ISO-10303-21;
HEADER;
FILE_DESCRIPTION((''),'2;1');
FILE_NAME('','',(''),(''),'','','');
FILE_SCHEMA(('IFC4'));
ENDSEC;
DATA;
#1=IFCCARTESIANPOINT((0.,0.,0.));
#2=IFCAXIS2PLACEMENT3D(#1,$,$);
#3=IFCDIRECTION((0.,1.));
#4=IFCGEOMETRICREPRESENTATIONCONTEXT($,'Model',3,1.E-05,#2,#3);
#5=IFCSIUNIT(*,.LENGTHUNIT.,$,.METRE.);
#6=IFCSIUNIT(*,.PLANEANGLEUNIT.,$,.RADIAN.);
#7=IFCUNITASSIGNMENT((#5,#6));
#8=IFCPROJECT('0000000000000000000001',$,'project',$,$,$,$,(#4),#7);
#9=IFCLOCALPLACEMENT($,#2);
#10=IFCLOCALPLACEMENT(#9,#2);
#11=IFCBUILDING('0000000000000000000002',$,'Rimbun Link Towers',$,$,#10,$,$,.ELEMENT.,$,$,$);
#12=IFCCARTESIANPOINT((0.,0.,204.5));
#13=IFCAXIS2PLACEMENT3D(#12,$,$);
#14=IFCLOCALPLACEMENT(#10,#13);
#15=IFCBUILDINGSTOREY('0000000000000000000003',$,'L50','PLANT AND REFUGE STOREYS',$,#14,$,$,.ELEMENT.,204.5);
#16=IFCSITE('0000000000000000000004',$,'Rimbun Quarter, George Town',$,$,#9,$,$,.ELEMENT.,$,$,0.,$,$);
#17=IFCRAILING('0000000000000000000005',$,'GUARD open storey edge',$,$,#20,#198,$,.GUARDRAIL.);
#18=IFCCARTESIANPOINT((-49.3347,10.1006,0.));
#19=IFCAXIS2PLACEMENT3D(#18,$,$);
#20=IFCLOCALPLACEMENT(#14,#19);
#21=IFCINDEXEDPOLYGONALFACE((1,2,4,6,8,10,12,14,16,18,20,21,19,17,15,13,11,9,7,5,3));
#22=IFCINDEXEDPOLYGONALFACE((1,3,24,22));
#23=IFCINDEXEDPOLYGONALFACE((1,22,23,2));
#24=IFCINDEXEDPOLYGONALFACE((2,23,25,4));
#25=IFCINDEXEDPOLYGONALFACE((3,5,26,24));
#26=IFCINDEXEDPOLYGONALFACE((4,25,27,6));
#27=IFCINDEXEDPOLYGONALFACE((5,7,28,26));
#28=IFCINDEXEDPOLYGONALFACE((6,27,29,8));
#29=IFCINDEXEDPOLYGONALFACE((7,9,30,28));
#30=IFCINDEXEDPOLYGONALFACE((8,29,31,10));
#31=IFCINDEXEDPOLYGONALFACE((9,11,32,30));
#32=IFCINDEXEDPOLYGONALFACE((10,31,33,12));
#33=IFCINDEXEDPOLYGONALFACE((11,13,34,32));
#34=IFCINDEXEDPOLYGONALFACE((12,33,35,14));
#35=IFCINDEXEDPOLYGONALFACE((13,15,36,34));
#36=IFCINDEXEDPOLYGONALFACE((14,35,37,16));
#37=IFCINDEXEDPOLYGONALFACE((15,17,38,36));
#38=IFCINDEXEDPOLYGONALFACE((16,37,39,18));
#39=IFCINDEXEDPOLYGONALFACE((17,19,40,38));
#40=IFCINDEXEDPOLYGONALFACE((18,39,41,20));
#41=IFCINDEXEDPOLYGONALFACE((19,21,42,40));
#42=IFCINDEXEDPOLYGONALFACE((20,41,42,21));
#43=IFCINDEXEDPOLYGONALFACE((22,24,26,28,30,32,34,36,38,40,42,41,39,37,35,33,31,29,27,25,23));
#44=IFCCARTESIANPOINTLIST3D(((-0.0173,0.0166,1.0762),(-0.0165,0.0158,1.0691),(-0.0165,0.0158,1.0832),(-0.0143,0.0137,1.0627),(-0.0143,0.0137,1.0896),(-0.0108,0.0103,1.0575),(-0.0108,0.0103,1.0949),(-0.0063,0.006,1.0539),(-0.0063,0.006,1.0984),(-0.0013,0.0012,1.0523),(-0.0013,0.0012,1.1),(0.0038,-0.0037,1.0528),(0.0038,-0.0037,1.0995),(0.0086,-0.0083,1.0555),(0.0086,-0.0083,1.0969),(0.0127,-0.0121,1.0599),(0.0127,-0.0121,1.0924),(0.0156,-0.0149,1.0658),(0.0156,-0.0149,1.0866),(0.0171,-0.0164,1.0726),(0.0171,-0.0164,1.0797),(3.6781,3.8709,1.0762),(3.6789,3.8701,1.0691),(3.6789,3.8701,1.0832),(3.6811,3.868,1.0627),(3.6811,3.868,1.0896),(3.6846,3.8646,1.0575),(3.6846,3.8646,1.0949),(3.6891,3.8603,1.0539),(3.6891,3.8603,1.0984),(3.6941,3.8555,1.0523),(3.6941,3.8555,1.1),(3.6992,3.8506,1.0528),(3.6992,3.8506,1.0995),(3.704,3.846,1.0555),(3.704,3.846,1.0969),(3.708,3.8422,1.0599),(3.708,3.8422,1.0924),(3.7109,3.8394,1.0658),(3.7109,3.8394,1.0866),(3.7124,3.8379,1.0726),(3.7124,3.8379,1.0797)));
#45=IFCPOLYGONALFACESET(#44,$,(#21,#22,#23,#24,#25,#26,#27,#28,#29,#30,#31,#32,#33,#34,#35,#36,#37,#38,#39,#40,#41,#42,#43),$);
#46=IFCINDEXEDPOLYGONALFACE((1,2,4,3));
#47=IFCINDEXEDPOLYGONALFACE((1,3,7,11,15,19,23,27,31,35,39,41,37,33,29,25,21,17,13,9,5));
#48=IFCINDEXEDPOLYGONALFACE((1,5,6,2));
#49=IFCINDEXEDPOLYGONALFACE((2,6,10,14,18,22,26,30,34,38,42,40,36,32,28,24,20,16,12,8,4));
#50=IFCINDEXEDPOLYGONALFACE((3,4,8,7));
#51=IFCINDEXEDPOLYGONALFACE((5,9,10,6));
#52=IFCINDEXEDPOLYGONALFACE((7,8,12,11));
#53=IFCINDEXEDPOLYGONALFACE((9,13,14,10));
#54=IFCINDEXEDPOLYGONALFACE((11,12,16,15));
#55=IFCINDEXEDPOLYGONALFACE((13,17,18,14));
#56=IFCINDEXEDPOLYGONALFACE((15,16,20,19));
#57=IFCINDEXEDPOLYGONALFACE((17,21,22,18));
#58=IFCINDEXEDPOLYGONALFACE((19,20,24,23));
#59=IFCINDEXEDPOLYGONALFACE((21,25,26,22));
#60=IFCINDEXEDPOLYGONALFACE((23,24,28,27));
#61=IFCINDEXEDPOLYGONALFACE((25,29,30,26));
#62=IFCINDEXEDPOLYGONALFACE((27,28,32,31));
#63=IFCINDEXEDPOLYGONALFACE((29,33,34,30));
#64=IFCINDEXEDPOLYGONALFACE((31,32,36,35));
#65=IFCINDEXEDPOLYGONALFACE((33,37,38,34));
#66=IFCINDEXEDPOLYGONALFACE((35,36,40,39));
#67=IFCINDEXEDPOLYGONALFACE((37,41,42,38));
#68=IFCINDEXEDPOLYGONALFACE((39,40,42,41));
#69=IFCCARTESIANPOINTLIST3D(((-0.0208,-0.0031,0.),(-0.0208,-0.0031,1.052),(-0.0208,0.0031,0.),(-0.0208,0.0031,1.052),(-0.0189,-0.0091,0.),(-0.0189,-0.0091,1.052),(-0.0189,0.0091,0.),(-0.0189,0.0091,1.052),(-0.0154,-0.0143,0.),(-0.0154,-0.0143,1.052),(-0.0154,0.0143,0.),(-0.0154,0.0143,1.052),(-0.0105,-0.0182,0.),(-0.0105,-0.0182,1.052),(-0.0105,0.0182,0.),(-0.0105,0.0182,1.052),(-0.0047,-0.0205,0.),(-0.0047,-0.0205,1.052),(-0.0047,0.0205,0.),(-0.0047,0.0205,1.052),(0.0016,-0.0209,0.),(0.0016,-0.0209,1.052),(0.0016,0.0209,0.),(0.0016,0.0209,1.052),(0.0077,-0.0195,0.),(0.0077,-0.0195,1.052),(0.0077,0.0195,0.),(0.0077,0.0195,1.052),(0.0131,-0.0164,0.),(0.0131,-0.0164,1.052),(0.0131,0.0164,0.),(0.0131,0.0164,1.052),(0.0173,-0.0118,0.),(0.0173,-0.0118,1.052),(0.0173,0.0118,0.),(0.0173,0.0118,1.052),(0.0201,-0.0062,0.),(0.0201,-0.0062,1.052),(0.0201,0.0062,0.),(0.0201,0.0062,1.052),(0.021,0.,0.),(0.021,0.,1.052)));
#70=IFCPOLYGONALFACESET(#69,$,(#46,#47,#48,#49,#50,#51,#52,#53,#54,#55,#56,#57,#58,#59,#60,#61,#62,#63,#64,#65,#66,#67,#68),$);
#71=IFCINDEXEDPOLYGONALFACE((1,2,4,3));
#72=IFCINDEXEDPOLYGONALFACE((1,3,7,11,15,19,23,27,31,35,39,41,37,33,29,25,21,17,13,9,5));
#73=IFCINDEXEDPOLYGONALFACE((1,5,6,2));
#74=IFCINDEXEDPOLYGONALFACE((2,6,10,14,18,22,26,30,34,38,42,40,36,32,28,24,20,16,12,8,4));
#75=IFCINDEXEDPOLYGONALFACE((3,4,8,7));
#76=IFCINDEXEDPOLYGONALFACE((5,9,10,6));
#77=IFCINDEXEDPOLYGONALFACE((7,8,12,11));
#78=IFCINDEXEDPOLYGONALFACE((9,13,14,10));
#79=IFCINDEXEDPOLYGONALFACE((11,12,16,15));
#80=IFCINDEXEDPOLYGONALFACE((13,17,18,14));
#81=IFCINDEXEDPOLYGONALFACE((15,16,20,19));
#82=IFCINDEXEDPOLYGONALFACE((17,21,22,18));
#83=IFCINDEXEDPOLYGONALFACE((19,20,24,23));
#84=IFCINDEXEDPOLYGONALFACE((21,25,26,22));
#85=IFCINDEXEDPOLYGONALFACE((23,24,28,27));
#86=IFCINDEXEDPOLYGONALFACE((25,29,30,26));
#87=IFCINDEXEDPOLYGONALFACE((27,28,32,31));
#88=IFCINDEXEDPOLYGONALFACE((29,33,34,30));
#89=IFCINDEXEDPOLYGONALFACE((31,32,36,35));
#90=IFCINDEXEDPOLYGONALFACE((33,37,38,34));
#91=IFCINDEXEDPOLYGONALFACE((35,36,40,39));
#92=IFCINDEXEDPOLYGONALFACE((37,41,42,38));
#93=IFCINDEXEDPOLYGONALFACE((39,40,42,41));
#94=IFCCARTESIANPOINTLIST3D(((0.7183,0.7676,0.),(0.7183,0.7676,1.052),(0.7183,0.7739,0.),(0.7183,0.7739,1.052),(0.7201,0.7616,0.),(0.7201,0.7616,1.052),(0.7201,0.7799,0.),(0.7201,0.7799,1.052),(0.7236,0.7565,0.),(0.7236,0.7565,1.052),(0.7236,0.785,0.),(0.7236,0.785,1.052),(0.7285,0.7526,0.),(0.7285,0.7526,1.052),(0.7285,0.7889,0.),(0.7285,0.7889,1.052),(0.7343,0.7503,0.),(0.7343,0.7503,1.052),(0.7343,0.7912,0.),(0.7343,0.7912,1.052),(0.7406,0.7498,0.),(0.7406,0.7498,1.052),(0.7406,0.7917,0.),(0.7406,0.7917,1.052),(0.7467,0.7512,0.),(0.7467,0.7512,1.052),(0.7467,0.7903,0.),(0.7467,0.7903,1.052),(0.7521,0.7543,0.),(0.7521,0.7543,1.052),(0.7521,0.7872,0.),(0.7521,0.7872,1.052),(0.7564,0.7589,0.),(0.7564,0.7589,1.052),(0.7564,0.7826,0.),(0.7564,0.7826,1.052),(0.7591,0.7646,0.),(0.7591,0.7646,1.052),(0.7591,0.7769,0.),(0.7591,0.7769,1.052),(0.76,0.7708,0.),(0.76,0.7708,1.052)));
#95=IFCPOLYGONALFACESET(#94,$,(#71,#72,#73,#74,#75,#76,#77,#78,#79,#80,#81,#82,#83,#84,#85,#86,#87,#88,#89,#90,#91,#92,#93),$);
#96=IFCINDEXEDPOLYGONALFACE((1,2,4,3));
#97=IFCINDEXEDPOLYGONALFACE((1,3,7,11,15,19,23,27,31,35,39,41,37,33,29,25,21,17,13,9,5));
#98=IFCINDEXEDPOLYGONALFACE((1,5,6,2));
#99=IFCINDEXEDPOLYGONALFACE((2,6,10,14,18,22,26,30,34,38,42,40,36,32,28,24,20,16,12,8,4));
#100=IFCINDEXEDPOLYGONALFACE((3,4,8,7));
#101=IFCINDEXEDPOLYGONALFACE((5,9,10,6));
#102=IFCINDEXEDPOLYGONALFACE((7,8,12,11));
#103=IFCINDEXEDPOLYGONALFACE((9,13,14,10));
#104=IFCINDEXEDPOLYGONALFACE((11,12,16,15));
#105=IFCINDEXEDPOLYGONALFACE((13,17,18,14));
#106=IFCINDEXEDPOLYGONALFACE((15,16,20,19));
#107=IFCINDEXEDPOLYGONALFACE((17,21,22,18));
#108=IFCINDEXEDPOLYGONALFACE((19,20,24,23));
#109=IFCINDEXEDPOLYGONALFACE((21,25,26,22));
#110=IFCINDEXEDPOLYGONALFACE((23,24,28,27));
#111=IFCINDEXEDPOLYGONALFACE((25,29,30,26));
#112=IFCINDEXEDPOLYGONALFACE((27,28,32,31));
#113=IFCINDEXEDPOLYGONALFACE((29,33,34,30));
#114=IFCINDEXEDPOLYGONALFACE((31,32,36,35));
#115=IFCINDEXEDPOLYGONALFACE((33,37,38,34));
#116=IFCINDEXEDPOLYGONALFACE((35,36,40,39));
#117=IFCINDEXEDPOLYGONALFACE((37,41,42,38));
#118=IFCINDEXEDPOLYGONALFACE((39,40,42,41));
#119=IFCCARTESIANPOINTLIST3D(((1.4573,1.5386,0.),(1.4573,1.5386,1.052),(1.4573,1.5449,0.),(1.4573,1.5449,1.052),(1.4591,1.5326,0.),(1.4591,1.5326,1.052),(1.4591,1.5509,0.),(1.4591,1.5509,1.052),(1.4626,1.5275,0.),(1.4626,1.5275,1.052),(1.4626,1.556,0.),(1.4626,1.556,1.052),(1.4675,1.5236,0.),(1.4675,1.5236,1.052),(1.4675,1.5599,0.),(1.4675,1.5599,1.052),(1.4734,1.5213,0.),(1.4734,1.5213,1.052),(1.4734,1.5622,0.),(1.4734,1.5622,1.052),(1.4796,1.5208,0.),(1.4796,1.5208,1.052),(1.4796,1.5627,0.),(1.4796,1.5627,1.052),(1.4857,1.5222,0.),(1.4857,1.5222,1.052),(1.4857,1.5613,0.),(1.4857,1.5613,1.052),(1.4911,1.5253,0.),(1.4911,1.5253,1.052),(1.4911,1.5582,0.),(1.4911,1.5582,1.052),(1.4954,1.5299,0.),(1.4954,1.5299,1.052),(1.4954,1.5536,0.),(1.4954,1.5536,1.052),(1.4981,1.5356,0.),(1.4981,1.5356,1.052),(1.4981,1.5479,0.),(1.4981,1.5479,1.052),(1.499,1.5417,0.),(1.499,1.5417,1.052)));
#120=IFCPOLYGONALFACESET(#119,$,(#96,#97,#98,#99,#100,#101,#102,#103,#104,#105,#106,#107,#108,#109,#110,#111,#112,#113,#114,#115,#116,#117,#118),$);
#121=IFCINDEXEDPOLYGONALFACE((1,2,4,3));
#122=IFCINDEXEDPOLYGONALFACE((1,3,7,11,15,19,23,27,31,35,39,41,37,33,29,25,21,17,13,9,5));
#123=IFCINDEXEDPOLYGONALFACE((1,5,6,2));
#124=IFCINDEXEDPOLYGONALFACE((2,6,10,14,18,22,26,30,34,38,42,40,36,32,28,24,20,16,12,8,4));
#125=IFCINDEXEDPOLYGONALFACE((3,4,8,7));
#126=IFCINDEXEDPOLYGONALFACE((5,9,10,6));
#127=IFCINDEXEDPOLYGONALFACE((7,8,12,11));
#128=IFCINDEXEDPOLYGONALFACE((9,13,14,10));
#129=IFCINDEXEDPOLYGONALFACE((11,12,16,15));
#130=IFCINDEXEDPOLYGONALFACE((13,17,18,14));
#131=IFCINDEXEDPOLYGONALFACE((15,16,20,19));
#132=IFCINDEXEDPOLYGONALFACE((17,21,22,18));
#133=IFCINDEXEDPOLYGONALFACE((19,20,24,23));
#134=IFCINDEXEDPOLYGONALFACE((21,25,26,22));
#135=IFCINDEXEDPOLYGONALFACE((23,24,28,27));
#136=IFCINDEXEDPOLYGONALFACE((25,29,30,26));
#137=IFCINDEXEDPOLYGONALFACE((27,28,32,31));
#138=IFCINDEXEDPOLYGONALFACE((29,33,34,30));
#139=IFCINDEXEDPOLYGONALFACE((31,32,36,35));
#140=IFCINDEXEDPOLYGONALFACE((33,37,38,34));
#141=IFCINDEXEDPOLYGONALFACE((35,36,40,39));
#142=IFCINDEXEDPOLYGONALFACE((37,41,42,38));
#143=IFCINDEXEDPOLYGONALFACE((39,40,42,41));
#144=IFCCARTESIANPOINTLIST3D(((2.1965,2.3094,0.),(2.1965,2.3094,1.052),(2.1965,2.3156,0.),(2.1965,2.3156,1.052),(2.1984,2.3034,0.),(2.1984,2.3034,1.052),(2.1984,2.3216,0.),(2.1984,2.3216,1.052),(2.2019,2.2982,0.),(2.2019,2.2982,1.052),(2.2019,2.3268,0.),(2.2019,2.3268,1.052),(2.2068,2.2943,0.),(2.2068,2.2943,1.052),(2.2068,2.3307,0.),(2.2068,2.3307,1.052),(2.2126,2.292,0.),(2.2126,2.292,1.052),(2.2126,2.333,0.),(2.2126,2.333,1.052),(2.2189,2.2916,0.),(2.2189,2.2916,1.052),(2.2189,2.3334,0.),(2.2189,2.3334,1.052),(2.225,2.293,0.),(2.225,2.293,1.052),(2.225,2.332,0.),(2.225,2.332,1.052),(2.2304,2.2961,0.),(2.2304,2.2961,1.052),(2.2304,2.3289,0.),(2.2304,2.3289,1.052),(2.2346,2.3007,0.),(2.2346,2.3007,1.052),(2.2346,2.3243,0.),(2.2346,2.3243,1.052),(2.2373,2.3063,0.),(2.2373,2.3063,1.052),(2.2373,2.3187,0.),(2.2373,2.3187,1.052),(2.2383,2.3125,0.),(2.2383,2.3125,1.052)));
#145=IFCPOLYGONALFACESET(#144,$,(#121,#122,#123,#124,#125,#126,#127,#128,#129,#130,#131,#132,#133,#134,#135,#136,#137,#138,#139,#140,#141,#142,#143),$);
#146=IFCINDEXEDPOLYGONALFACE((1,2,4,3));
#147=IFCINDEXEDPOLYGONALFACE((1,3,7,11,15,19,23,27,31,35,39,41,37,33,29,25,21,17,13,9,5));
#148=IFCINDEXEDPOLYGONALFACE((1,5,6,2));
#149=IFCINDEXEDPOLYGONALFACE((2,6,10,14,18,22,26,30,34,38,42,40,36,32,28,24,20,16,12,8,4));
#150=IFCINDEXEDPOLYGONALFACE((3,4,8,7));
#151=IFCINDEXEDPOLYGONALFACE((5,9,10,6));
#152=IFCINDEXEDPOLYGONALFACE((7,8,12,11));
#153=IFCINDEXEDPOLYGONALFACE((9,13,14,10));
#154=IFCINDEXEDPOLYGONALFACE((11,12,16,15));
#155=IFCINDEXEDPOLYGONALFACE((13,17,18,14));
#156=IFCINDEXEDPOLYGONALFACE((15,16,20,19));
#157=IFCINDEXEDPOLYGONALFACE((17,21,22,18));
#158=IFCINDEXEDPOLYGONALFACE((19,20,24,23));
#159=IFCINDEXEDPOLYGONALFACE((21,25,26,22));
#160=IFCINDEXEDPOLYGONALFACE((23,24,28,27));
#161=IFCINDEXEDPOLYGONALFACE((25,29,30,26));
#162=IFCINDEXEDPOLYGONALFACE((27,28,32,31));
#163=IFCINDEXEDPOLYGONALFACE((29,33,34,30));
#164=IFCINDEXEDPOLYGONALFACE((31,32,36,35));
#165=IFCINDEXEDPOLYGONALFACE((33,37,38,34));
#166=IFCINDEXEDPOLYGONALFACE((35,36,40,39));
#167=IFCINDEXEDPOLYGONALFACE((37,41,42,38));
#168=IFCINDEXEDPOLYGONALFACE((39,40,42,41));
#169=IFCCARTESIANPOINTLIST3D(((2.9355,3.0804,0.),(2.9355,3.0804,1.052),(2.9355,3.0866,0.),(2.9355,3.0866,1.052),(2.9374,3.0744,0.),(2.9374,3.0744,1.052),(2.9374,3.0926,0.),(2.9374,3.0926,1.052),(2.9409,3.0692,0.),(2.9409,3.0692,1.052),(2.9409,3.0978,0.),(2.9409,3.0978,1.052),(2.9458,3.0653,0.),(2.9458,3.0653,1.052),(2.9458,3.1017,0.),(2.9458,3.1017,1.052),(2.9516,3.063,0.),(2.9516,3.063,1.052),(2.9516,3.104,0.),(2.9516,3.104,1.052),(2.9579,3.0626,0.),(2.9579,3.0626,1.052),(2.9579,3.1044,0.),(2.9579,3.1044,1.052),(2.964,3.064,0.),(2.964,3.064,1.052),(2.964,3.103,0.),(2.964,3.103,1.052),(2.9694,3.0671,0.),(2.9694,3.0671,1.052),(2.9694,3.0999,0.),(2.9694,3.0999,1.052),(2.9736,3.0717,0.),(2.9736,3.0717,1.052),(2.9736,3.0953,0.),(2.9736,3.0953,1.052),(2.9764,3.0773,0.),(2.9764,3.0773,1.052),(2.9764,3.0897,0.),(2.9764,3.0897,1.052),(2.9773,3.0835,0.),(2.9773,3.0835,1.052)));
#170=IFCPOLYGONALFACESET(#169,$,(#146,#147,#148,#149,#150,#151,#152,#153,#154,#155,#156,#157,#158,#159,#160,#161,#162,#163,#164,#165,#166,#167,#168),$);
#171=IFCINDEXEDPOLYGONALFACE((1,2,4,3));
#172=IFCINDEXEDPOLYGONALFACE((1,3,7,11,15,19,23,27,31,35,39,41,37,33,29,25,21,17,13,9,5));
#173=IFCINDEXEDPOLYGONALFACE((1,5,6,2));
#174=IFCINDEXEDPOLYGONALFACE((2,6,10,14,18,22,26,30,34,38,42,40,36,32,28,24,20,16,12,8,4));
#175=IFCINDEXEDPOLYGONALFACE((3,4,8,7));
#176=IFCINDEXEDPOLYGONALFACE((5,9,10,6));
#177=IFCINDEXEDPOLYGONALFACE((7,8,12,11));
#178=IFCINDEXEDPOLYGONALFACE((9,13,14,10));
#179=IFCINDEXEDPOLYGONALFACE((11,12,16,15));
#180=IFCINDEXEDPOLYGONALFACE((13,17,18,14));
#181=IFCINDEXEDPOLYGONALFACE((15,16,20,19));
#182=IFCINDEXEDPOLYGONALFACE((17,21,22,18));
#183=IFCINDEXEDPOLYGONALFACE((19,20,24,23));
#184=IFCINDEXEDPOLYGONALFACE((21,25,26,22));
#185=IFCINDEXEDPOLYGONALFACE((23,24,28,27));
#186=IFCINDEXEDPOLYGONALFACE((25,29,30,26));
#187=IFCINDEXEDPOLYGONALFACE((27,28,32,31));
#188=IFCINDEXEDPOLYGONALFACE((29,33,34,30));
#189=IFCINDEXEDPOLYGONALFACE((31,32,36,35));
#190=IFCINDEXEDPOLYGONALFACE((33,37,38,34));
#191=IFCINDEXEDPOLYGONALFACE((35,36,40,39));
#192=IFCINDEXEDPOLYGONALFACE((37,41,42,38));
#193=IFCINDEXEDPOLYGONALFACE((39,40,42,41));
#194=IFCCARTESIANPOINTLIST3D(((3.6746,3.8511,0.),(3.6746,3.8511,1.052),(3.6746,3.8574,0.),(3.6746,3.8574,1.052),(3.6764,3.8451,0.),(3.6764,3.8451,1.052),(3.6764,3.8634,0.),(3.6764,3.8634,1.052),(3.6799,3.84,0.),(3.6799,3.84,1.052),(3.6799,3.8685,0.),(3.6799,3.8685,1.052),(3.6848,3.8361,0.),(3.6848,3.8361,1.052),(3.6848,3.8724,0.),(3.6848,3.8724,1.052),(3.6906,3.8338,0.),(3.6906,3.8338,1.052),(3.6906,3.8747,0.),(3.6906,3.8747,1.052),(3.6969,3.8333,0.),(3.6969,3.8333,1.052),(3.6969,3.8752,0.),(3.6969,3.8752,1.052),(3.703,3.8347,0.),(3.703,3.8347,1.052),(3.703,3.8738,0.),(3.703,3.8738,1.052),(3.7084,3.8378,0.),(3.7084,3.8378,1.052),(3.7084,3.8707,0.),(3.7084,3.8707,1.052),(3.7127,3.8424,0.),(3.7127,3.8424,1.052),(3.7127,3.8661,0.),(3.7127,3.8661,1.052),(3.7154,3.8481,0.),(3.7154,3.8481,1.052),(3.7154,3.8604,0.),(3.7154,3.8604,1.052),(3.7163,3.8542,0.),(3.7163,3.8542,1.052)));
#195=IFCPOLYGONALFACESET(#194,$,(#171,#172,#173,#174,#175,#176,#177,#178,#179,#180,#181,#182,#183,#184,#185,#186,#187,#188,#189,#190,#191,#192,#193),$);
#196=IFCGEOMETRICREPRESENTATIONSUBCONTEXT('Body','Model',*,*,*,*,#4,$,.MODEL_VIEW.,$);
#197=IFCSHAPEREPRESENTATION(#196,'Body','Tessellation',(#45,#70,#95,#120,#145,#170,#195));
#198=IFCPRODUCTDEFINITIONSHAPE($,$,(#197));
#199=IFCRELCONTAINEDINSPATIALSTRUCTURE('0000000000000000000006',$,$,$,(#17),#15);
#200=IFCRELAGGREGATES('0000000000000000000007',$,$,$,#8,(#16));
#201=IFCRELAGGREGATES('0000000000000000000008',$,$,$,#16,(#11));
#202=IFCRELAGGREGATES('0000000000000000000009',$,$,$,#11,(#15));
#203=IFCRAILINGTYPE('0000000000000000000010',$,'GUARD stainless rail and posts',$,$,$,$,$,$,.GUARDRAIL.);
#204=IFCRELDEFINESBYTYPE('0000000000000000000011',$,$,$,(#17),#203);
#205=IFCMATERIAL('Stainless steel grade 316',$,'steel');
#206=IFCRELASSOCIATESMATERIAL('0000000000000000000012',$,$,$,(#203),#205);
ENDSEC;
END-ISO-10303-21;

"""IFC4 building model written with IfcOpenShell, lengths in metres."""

from ifc_helpers import new_model, si_unit, direction, frame, origin, origin_2d, place, context, subcontext, project, spatial, circle, extrude, material, type_object, element, save


model = new_model("IFC4")

# Units and contexts
model_context = context("Model", 3, precision=1e-05, world=origin(), true_north=direction((0.0, 1.0)))
body_context = subcontext(model_context, "Body", "Model", "MODEL_VIEW")
ifc_project = project(units=[si_unit("LENGTHUNIT", "METRE"), si_unit("PLANEANGLEUNIT", "RADIAN")], contexts=[model_context])

# Site, building, storey
site_placement = place(None, origin())
site = spatial("IfcSite", under=ifc_project, at=site_placement, Name="Rimbun Quarter, George Town", CompositionType="ELEMENT", RefElevation=0.0)
building_placement = place(site_placement, origin())
building = spatial("IfcBuilding", under=site, at=building_placement, Name="Rimbun Link Towers", CompositionType="ELEMENT")
storey_placement = place(building_placement, frame((0.0, 0.0, 204.5)))
storey = spatial("IfcBuildingStorey", under=building, at=storey_placement, Name="L50", Description="PLANT AND REFUGE STOREYS", CompositionType="ELEMENT", Elevation=204.5)

# Railing
ifc_material_1 = material(Name="Stainless steel grade 316", Category="steel")
railing_type = type_object("IfcRailingType", Name="GUARD stainless rail and posts", PredefinedType="GUARDRAIL", material=ifc_material_1)
railing_1_placement = place(storey_placement, frame((-49.3347, 10.1006, 0.0)))
element("IfcRailing", 1, at=railing_1_placement, inside=storey, type_object=railing_type, Name="GUARD open storey edge", PredefinedType="GUARDRAIL", context=body_context, shape_type="SweptSolid", body=[
    extrude(circle(Radius=0.0239, at=origin_2d()), frame((0.0, 0.0, 1.0762), z_axis=(0.692067, 0.721833, 0.0), x_axis=(-0.721833, 0.692067, 0.0)), (0.0, 0.0, 1.0), 5.3396),
    extrude(circle(Radius=0.021, at=origin_2d()), origin(), (0.0, 0.0, 1.0), 1.052),
    extrude(circle(Radius=0.021, at=origin_2d()), frame((0.739, 0.7708, 0.0)), (0.0, 0.0, 1.0), 1.052),
    extrude(circle(Radius=0.021, at=origin_2d()), frame((1.478, 1.5417, 0.0)), (0.0, 0.0, 1.0), 1.052),
    extrude(circle(Radius=0.021, at=origin_2d()), frame((2.2173, 2.3125, 0.0)), (0.0, 0.0, 1.0), 1.052),
    extrude(circle(Radius=0.021, at=origin_2d()), frame((2.9563, 3.0835, 0.0)), (0.0, 0.0, 1.0), 1.052),
    extrude(circle(Radius=0.021, at=origin_2d()), frame((3.6953, 3.8542, 0.0)), (0.0, 0.0, 1.0), 1.052),
])

save(model, "model.ifc")
